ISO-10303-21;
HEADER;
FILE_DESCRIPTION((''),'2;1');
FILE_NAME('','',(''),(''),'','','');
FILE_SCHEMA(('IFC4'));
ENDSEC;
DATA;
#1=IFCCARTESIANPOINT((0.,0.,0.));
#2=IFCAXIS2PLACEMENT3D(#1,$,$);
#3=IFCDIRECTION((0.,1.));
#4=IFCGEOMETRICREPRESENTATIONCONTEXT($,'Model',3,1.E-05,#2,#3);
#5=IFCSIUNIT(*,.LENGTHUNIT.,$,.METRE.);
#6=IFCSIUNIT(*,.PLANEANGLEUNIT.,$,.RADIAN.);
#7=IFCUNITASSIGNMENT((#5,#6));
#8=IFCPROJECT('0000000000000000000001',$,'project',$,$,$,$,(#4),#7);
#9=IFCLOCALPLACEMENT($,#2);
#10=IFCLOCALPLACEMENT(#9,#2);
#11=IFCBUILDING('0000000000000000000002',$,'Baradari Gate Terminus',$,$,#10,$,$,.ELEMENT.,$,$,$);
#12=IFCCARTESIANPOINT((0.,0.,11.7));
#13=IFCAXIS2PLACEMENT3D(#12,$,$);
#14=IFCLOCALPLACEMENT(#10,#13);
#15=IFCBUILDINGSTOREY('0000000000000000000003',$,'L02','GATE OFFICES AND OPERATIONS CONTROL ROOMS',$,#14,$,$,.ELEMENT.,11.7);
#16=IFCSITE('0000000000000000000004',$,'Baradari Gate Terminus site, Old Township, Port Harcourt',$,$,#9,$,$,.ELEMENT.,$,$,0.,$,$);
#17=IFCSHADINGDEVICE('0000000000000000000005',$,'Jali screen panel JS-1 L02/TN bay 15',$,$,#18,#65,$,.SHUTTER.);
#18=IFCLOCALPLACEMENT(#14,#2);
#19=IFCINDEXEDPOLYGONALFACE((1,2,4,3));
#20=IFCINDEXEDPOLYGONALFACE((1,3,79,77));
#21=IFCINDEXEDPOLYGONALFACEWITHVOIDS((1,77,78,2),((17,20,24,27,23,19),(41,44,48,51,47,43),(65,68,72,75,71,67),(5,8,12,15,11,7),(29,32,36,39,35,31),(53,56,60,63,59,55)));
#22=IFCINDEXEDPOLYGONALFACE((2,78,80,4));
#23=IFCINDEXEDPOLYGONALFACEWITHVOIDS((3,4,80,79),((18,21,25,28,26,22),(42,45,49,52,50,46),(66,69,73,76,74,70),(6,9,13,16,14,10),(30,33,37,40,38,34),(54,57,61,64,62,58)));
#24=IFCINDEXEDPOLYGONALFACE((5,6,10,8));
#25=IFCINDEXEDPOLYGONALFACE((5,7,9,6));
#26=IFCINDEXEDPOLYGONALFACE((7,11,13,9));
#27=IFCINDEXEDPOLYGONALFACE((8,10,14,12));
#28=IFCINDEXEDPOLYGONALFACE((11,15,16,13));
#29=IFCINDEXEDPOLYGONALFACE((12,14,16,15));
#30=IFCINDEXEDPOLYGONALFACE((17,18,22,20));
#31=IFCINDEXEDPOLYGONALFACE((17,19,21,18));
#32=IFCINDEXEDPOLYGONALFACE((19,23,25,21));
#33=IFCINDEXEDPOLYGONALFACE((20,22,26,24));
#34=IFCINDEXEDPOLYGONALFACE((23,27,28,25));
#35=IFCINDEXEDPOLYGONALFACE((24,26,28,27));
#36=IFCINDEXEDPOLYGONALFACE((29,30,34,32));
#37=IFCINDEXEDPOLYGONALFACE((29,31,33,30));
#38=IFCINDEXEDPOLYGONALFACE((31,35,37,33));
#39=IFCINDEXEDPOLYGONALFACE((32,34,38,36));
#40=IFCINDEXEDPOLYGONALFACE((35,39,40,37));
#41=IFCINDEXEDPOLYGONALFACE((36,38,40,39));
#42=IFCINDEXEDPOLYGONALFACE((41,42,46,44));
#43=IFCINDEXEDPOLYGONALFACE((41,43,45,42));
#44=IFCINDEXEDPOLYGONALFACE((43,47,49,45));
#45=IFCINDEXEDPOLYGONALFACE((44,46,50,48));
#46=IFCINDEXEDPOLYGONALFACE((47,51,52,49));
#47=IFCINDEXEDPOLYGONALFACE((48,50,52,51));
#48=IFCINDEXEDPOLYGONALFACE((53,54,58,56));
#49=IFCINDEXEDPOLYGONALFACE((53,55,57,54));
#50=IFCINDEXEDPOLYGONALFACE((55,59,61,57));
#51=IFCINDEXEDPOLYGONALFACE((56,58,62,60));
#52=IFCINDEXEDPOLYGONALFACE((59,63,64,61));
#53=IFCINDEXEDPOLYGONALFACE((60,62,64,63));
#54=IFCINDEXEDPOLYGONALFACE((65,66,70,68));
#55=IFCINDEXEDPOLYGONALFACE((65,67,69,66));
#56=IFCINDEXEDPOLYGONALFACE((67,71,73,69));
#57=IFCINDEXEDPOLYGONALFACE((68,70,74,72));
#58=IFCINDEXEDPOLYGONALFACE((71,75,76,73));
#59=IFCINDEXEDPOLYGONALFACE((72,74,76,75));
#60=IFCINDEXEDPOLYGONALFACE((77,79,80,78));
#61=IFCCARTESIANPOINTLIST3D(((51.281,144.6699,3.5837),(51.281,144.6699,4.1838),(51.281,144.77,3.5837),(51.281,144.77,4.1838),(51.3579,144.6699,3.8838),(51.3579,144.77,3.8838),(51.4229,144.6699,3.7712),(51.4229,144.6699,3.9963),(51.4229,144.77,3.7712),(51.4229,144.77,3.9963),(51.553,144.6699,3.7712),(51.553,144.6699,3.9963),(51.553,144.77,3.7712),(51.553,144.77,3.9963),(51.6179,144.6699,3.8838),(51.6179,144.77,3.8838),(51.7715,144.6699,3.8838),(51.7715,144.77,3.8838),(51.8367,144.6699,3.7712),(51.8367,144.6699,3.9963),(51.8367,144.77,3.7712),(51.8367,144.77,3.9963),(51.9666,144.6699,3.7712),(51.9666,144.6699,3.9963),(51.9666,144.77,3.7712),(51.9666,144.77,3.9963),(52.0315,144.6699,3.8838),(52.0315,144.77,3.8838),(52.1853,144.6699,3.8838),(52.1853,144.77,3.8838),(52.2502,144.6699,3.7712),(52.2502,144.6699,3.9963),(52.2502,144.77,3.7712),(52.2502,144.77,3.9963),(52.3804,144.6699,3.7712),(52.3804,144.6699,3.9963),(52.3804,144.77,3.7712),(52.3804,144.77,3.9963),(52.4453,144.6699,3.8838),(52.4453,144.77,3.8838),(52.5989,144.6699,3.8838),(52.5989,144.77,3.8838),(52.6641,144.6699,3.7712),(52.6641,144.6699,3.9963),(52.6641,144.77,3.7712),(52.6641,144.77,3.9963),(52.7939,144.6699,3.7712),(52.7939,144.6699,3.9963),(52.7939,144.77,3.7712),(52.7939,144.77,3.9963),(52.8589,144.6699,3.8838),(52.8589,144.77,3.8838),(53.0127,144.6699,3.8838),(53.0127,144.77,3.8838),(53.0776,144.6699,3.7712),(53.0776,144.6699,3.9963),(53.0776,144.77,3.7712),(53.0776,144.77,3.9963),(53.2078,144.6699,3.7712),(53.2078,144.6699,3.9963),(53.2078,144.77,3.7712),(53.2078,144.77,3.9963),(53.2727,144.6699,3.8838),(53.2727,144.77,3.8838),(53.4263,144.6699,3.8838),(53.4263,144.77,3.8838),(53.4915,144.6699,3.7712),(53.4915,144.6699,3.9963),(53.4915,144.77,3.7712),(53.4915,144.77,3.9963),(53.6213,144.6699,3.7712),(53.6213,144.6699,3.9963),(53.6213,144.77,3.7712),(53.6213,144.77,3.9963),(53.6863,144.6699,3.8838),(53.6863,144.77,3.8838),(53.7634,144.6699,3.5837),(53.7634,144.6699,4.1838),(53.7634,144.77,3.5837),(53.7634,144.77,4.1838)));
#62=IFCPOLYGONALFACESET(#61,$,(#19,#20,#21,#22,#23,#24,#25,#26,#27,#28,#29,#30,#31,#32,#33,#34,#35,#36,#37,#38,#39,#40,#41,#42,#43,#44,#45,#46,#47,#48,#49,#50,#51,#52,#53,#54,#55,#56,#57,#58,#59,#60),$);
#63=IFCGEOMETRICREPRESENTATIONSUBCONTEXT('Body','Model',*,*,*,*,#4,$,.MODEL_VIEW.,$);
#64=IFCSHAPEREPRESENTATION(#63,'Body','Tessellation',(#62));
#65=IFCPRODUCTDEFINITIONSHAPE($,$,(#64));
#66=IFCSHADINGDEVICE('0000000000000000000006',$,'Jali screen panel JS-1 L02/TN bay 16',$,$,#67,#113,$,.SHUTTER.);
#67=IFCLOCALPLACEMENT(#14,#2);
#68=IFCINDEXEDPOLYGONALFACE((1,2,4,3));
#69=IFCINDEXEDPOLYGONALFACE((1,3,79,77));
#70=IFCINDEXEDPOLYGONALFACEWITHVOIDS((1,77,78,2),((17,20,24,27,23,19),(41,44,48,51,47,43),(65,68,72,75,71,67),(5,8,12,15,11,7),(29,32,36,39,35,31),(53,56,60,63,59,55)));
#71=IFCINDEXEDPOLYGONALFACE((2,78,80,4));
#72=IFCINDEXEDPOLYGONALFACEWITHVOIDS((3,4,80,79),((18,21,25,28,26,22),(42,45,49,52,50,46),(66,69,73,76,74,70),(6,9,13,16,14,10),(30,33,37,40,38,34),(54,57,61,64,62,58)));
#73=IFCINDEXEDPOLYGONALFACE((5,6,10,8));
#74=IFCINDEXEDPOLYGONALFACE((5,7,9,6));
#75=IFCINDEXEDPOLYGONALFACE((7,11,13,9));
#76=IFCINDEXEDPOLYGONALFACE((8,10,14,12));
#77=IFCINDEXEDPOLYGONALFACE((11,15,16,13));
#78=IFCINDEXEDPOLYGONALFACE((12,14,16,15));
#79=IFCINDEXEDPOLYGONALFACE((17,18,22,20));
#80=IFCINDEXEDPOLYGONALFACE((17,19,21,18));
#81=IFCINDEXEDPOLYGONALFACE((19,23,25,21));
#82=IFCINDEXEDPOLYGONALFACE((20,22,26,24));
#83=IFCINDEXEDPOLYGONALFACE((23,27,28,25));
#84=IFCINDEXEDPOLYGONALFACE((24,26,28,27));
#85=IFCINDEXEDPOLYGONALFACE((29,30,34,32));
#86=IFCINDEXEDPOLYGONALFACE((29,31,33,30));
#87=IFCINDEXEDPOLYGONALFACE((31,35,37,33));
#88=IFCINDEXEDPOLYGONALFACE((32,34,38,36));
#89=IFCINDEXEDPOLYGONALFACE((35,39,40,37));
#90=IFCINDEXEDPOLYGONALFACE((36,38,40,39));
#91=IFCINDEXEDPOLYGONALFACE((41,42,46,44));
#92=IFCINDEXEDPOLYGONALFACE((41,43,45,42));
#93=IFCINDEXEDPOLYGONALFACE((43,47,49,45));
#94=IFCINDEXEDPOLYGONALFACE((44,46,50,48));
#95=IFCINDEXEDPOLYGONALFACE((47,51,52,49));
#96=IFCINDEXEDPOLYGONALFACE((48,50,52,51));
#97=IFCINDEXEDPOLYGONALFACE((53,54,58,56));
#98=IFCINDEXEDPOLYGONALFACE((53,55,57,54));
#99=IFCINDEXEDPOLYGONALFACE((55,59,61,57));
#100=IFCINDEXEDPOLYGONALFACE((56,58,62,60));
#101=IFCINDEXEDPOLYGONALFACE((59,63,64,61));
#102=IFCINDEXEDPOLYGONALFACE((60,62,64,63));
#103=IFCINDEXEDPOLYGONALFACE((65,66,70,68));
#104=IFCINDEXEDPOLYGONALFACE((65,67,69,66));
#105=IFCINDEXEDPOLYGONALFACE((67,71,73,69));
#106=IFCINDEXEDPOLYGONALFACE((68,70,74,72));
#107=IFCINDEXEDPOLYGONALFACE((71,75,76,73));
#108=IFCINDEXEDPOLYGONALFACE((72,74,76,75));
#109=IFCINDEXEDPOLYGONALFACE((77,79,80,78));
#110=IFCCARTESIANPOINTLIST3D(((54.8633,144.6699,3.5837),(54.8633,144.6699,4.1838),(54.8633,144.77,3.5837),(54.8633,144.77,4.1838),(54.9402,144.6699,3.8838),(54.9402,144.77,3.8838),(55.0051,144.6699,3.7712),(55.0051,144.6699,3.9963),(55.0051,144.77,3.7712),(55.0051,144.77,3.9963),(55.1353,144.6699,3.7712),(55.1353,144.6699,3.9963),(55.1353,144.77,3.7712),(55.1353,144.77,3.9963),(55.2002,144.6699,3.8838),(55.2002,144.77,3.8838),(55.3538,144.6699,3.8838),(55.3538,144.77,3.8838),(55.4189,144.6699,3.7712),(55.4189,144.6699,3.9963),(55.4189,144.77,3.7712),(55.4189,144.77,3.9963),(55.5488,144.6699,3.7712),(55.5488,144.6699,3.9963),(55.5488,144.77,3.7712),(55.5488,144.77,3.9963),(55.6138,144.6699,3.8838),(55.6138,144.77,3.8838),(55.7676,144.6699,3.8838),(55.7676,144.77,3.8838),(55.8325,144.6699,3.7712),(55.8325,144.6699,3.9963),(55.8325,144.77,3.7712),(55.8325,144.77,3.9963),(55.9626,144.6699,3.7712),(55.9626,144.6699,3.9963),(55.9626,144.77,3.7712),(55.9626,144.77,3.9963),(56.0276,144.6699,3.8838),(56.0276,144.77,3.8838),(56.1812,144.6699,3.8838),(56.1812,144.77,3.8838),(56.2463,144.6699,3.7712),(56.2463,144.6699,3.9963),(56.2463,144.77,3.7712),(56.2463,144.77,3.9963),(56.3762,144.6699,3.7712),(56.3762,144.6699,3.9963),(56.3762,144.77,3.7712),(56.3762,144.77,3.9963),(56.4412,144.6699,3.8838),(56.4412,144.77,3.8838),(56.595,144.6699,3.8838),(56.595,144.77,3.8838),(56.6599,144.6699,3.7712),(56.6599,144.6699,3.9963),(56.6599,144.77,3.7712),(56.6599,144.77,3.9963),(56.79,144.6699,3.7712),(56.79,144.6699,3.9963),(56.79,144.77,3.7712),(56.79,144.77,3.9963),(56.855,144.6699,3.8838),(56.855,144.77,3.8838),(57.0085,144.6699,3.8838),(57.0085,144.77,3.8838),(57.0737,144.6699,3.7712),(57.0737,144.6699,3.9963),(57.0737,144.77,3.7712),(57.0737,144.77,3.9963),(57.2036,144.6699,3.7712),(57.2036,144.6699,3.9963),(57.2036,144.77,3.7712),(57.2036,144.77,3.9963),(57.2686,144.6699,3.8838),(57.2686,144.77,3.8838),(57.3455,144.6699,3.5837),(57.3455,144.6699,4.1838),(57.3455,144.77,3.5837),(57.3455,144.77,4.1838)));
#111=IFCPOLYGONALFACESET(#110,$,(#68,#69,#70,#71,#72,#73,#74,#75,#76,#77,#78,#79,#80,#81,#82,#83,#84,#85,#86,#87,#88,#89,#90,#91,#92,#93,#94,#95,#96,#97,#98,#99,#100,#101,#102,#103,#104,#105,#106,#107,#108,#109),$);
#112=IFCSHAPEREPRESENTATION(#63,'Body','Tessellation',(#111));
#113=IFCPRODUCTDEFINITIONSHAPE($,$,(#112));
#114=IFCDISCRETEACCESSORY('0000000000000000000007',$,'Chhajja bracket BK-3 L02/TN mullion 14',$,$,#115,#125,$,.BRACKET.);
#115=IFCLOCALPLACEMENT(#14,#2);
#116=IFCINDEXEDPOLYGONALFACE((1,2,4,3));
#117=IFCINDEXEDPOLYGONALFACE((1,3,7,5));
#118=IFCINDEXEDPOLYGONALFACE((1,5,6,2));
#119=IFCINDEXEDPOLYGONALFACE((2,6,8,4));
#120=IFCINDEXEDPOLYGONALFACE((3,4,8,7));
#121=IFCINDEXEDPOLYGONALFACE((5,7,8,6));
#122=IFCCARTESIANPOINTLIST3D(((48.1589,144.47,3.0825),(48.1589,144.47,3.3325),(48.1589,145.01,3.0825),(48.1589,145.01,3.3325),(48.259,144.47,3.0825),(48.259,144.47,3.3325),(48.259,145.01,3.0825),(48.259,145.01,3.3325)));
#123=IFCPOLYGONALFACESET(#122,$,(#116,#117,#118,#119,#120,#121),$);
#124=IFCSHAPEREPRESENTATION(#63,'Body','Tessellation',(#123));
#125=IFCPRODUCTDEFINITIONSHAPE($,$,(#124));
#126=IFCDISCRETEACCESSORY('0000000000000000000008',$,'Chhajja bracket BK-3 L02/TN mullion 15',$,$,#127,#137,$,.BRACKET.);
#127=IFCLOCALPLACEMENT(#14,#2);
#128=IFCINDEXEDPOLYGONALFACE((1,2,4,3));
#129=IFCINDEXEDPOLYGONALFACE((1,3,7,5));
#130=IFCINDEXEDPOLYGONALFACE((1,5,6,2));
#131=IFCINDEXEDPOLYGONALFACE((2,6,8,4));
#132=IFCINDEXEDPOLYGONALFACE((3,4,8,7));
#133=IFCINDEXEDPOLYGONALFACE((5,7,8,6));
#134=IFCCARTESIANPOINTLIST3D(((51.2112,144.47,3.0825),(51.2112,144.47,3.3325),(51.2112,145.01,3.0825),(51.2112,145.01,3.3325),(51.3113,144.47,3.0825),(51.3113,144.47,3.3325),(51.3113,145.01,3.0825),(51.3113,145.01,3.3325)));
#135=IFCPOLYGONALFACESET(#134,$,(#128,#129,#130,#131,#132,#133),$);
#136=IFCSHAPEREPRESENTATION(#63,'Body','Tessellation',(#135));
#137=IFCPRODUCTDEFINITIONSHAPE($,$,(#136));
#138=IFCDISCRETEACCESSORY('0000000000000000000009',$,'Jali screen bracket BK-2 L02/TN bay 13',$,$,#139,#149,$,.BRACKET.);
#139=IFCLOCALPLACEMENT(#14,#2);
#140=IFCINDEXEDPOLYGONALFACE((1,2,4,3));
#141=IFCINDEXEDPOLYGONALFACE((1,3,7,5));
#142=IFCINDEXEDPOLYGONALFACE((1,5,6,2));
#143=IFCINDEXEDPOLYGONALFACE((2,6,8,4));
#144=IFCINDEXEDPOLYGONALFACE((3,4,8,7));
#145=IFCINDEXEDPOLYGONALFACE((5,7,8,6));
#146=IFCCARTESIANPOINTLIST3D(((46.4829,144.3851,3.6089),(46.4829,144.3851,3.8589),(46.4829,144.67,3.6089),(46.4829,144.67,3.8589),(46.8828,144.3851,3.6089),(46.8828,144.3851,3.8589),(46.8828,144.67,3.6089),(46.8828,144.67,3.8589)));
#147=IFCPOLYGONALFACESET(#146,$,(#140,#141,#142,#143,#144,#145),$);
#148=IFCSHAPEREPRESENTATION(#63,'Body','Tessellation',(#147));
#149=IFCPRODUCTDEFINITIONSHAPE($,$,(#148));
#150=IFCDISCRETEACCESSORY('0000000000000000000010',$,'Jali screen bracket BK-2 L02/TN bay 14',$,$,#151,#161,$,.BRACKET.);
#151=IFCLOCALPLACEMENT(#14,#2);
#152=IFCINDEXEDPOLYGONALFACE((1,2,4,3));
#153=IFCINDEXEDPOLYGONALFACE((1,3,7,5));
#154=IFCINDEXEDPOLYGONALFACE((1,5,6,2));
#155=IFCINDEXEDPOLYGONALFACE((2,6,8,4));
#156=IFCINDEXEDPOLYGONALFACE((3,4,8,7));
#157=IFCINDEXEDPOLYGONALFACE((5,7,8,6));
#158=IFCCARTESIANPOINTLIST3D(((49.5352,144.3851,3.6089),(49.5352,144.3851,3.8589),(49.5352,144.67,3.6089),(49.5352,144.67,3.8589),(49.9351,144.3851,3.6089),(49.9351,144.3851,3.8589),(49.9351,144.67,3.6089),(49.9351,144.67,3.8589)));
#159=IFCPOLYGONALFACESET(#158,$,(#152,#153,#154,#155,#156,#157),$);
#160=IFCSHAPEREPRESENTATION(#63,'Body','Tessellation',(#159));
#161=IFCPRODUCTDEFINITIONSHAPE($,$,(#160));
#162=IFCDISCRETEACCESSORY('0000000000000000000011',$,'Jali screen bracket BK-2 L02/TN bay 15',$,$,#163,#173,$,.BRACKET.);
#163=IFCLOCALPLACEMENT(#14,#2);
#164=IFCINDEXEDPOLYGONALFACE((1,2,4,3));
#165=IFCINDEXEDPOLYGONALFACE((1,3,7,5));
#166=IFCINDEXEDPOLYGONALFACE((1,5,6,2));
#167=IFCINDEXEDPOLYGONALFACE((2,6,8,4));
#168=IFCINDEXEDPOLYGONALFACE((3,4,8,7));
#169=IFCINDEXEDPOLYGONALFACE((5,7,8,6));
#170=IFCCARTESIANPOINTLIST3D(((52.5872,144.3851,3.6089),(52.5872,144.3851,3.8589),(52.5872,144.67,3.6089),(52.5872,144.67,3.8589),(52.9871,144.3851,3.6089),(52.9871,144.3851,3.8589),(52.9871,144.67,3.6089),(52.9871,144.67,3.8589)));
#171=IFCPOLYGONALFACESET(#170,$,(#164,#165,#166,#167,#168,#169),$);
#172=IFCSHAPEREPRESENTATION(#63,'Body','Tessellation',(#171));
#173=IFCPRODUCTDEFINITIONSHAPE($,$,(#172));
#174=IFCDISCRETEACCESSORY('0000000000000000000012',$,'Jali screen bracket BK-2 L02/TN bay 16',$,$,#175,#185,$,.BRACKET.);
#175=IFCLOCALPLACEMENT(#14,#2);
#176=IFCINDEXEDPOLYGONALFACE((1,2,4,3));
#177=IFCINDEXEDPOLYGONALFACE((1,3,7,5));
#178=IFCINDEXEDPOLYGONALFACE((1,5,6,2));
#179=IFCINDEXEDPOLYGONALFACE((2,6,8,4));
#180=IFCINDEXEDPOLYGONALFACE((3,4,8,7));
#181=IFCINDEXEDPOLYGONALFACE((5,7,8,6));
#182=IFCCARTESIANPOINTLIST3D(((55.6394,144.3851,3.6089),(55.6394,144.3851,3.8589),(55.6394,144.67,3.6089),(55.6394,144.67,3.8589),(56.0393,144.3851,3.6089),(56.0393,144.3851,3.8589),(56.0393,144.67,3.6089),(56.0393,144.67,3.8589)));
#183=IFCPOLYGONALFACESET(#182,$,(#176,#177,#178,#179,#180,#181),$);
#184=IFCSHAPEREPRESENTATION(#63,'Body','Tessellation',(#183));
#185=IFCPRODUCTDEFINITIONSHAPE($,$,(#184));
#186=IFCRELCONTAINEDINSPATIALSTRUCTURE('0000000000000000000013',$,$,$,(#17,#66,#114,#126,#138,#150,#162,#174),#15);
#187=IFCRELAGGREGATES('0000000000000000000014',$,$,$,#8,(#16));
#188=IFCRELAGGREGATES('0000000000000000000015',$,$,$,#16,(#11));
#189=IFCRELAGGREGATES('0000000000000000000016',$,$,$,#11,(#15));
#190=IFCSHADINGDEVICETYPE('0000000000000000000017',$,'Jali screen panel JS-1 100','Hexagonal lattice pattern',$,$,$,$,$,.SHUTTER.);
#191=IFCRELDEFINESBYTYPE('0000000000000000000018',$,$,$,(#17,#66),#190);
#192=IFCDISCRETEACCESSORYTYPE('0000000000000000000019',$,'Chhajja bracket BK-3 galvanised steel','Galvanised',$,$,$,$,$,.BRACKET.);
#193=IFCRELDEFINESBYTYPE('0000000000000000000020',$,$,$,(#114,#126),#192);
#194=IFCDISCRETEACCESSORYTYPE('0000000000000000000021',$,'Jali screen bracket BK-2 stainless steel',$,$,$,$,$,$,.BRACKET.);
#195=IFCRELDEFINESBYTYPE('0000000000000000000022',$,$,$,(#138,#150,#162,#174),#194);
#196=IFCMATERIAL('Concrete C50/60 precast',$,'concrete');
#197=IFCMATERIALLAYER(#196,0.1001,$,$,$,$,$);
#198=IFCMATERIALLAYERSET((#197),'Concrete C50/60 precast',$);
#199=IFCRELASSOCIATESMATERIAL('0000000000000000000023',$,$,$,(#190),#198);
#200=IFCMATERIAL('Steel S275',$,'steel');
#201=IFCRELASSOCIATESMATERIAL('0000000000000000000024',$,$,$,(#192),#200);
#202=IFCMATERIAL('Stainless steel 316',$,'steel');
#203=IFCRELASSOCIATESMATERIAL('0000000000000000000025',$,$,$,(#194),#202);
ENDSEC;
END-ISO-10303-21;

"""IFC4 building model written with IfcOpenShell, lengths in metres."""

from ifc_helpers import new_model, si_unit, direction, frame, origin, origin_2d, place, context, subcontext, project, spatial, polyline, rectangle, outline, extrude, material, layer, layer_set, type_object, element, save


model = new_model("IFC4")

# Units and contexts
model_context = context("Model", 3, precision=1e-05, world=origin(), true_north=direction((0.0, 1.0)))
body_context = subcontext(model_context, "Body", "Model", "MODEL_VIEW")
ifc_project = project(units=[si_unit("LENGTHUNIT", "METRE"), si_unit("PLANEANGLEUNIT", "RADIAN")], contexts=[model_context])

# Site, building, storey
site_placement = place(None, origin())
site = spatial("IfcSite", under=ifc_project, at=site_placement, Name="Baradari Gate Terminus site, Old Township, Port Harcourt", CompositionType="ELEMENT", RefElevation=0.0)
building_placement = place(site_placement, origin())
building = spatial("IfcBuilding", under=site, at=building_placement, Name="Baradari Gate Terminus", CompositionType="ELEMENT")
storey_placement = place(building_placement, frame((0.0, 0.0, 11.7)))
storey = spatial("IfcBuildingStorey", under=building, at=storey_placement, Name="L02", Description="GATE OFFICES AND OPERATIONS CONTROL ROOMS", CompositionType="ELEMENT", Elevation=11.7)

# Shading devices
ifc_material_1 = material(Name="Concrete C50/60 precast", Category="concrete")
ifc_layer_1 = layer(ifc_material_1, 0.1001)
ifc_layer_set_1 = layer_set([ifc_layer_1], Name="Concrete C50/60 precast")
shading_device_type_1 = type_object("IfcShadingDeviceType", Name="Jali screen panel JS-1 100", Description="Hexagonal lattice pattern", PredefinedType="SHUTTER", material=ifc_layer_set_1)
shading_device_1_placement = place(storey_placement, frame((51.281, 144.72, 3.5837), z_axis=(0.0, 0.0, 1.0), x_axis=(1.0, 0.0, 0.0)))
element("IfcShadingDevice", 1, at=shading_device_1_placement, inside=storey, type_object=shading_device_type_1, Name="Jali screen panel JS-1 L02/TN bay 15", PredefinedType="SHUTTER", context=body_context, shape_type="SweptSolid", body=[
    extrude(outline(polyline([(0.0, 0.0), (2.4824, 0.0), (2.4824, 0.6001), (0.0, 0.6001), (0.0, 0.0)]), holes=[polyline([(0.3369, 0.3), (0.272, 0.1875), (0.1418, 0.1875), (0.0769, 0.3), (0.1418, 0.4126), (0.272, 0.4126), (0.3369, 0.3)]), polyline([(0.7505, 0.3), (0.6855, 0.1875), (0.5557, 0.1875), (0.4905, 0.3), (0.5557, 0.4126), (0.6855, 0.4126), (0.7505, 0.3)]), polyline([(1.1643, 0.3), (1.0994, 0.1875), (0.9692, 0.1875), (0.9043, 0.3), (0.9692, 0.4126), (1.0994, 0.4126), (1.1643, 0.3)]), polyline([(1.5779, 0.3), (1.5129, 0.1875), (1.3831, 0.1875), (1.3179, 0.3), (1.3831, 0.4126), (1.5129, 0.4126), (1.5779, 0.3)]), polyline([(1.9917, 0.3), (1.9268, 0.1875), (1.7966, 0.1875), (1.7317, 0.3), (1.7966, 0.4126), (1.9268, 0.4126), (1.9917, 0.3)]), polyline([(2.4053, 0.3), (2.3403, 0.1875), (2.2104, 0.1875), (2.1453, 0.3), (2.2104, 0.4126), (2.3403, 0.4126), (2.4053, 0.3)])]), frame((0.0, 0.05, 0.0), z_axis=(0.0, -1.0, 0.0), x_axis=(1.0, 0.0, 0.0)), (0.0, 0.0, 1.0), 0.1001),
])
shading_device_2_placement = place(storey_placement, frame((54.8633, 144.72, 3.5837), z_axis=(0.0, 0.0, 1.0), x_axis=(1.0, 0.0, 0.0)))
element("IfcShadingDevice", 2, at=shading_device_2_placement, inside=storey, type_object=shading_device_type_1, Name="Jali screen panel JS-1 L02/TN bay 16", PredefinedType="SHUTTER", context=body_context, shape_type="SweptSolid", body=[
    extrude(outline(polyline([(0.0, 0.0), (2.4822, 0.0), (2.4822, 0.6001), (0.0, 0.6001), (0.0, 0.0)]), holes=[polyline([(0.3369, 0.3), (0.272, 0.1875), (0.1418, 0.1875), (0.0769, 0.3), (0.1418, 0.4126), (0.272, 0.4126), (0.3369, 0.3)]), polyline([(0.7505, 0.3), (0.6855, 0.1875), (0.5557, 0.1875), (0.4905, 0.3), (0.5557, 0.4126), (0.6855, 0.4126), (0.7505, 0.3)]), polyline([(1.1643, 0.3), (1.0994, 0.1875), (0.9692, 0.1875), (0.9043, 0.3), (0.9692, 0.4126), (1.0994, 0.4126), (1.1643, 0.3)]), polyline([(1.5779, 0.3), (1.5129, 0.1875), (1.3831, 0.1875), (1.3179, 0.3), (1.3831, 0.4126), (1.5129, 0.4126), (1.5779, 0.3)]), polyline([(1.9917, 0.3), (1.9268, 0.1875), (1.7966, 0.1875), (1.7317, 0.3), (1.7966, 0.4126), (1.9268, 0.4126), (1.9917, 0.3)]), polyline([(2.4053, 0.3), (2.3403, 0.1875), (2.2104, 0.1875), (2.1453, 0.3), (2.2104, 0.4126), (2.3403, 0.4126), (2.4053, 0.3)])]), frame((0.0, 0.05, 0.0), z_axis=(0.0, -1.0, 0.0), x_axis=(1.0, 0.0, 0.0)), (0.0, 0.0, 1.0), 0.1001),
])

# Discrete accessories
ifc_material_2 = material(Name="Steel S275", Category="steel")
discrete_accessory_type_1 = type_object("IfcDiscreteAccessoryType", Name="Chhajja bracket BK-3 galvanised steel", Description="Galvanised", PredefinedType="BRACKET", material=ifc_material_2)
for number, where, z_axis, x_axis, name in (
    (3, (48.209, 144.74, 3.0825), (0.0, 0.0, 1.0), (0.0, 1.0, 0.0), "Chhajja bracket BK-3 L02/TN mullion 14"),
    (4, (51.2612, 144.74, 3.0825), (0.0, 0.0, 1.0), (0.0, 1.0, 0.0), "Chhajja bracket BK-3 L02/TN mullion 15"),
):
    element("IfcDiscreteAccessory", number, at=place(storey_placement, frame(where, z_axis=z_axis, x_axis=x_axis)), inside=storey, type_object=discrete_accessory_type_1, Name=name, PredefinedType="BRACKET", context=body_context, shape_type="SweptSolid", body=[
        extrude(rectangle(XDim=0.54, YDim=0.1001, at=origin_2d()), origin(), (0.0, 0.0, 1.0), 0.25),
    ])
ifc_material_3 = material(Name="Stainless steel 316", Category="steel")
discrete_accessory_type_2 = type_object("IfcDiscreteAccessoryType", Name="Jali screen bracket BK-2 stainless steel", PredefinedType="BRACKET", material=ifc_material_3)
for number, where, z_axis, x_axis, name in (
    (5, (46.6829, 144.5276, 3.6089), (0.0, 0.0, 1.0), (0.0, 1.0, 0.0), "Jali screen bracket BK-2 L02/TN bay 13"),
    (6, (49.7351, 144.5276, 3.6089), (0.0, 0.0, 1.0), (0.0, 1.0, 0.0), "Jali screen bracket BK-2 L02/TN bay 14"),
    (7, (52.7871, 144.5276, 3.6089), (0.0, 0.0, 1.0), (0.0, 1.0, 0.0), "Jali screen bracket BK-2 L02/TN bay 15"),
    (8, (55.8394, 144.5276, 3.6089), (0.0, 0.0, 1.0), (0.0, 1.0, 0.0), "Jali screen bracket BK-2 L02/TN bay 16"),
):
    element("IfcDiscreteAccessory", number, at=place(storey_placement, frame(where, z_axis=z_axis, x_axis=x_axis)), inside=storey, type_object=discrete_accessory_type_2, Name=name, PredefinedType="BRACKET", context=body_context, shape_type="SweptSolid", body=[
        extrude(rectangle(XDim=0.2849, YDim=0.3999, at=origin_2d()), origin(), (0.0, 0.0, 1.0), 0.25),
    ])

save(model, "model.ifc")
